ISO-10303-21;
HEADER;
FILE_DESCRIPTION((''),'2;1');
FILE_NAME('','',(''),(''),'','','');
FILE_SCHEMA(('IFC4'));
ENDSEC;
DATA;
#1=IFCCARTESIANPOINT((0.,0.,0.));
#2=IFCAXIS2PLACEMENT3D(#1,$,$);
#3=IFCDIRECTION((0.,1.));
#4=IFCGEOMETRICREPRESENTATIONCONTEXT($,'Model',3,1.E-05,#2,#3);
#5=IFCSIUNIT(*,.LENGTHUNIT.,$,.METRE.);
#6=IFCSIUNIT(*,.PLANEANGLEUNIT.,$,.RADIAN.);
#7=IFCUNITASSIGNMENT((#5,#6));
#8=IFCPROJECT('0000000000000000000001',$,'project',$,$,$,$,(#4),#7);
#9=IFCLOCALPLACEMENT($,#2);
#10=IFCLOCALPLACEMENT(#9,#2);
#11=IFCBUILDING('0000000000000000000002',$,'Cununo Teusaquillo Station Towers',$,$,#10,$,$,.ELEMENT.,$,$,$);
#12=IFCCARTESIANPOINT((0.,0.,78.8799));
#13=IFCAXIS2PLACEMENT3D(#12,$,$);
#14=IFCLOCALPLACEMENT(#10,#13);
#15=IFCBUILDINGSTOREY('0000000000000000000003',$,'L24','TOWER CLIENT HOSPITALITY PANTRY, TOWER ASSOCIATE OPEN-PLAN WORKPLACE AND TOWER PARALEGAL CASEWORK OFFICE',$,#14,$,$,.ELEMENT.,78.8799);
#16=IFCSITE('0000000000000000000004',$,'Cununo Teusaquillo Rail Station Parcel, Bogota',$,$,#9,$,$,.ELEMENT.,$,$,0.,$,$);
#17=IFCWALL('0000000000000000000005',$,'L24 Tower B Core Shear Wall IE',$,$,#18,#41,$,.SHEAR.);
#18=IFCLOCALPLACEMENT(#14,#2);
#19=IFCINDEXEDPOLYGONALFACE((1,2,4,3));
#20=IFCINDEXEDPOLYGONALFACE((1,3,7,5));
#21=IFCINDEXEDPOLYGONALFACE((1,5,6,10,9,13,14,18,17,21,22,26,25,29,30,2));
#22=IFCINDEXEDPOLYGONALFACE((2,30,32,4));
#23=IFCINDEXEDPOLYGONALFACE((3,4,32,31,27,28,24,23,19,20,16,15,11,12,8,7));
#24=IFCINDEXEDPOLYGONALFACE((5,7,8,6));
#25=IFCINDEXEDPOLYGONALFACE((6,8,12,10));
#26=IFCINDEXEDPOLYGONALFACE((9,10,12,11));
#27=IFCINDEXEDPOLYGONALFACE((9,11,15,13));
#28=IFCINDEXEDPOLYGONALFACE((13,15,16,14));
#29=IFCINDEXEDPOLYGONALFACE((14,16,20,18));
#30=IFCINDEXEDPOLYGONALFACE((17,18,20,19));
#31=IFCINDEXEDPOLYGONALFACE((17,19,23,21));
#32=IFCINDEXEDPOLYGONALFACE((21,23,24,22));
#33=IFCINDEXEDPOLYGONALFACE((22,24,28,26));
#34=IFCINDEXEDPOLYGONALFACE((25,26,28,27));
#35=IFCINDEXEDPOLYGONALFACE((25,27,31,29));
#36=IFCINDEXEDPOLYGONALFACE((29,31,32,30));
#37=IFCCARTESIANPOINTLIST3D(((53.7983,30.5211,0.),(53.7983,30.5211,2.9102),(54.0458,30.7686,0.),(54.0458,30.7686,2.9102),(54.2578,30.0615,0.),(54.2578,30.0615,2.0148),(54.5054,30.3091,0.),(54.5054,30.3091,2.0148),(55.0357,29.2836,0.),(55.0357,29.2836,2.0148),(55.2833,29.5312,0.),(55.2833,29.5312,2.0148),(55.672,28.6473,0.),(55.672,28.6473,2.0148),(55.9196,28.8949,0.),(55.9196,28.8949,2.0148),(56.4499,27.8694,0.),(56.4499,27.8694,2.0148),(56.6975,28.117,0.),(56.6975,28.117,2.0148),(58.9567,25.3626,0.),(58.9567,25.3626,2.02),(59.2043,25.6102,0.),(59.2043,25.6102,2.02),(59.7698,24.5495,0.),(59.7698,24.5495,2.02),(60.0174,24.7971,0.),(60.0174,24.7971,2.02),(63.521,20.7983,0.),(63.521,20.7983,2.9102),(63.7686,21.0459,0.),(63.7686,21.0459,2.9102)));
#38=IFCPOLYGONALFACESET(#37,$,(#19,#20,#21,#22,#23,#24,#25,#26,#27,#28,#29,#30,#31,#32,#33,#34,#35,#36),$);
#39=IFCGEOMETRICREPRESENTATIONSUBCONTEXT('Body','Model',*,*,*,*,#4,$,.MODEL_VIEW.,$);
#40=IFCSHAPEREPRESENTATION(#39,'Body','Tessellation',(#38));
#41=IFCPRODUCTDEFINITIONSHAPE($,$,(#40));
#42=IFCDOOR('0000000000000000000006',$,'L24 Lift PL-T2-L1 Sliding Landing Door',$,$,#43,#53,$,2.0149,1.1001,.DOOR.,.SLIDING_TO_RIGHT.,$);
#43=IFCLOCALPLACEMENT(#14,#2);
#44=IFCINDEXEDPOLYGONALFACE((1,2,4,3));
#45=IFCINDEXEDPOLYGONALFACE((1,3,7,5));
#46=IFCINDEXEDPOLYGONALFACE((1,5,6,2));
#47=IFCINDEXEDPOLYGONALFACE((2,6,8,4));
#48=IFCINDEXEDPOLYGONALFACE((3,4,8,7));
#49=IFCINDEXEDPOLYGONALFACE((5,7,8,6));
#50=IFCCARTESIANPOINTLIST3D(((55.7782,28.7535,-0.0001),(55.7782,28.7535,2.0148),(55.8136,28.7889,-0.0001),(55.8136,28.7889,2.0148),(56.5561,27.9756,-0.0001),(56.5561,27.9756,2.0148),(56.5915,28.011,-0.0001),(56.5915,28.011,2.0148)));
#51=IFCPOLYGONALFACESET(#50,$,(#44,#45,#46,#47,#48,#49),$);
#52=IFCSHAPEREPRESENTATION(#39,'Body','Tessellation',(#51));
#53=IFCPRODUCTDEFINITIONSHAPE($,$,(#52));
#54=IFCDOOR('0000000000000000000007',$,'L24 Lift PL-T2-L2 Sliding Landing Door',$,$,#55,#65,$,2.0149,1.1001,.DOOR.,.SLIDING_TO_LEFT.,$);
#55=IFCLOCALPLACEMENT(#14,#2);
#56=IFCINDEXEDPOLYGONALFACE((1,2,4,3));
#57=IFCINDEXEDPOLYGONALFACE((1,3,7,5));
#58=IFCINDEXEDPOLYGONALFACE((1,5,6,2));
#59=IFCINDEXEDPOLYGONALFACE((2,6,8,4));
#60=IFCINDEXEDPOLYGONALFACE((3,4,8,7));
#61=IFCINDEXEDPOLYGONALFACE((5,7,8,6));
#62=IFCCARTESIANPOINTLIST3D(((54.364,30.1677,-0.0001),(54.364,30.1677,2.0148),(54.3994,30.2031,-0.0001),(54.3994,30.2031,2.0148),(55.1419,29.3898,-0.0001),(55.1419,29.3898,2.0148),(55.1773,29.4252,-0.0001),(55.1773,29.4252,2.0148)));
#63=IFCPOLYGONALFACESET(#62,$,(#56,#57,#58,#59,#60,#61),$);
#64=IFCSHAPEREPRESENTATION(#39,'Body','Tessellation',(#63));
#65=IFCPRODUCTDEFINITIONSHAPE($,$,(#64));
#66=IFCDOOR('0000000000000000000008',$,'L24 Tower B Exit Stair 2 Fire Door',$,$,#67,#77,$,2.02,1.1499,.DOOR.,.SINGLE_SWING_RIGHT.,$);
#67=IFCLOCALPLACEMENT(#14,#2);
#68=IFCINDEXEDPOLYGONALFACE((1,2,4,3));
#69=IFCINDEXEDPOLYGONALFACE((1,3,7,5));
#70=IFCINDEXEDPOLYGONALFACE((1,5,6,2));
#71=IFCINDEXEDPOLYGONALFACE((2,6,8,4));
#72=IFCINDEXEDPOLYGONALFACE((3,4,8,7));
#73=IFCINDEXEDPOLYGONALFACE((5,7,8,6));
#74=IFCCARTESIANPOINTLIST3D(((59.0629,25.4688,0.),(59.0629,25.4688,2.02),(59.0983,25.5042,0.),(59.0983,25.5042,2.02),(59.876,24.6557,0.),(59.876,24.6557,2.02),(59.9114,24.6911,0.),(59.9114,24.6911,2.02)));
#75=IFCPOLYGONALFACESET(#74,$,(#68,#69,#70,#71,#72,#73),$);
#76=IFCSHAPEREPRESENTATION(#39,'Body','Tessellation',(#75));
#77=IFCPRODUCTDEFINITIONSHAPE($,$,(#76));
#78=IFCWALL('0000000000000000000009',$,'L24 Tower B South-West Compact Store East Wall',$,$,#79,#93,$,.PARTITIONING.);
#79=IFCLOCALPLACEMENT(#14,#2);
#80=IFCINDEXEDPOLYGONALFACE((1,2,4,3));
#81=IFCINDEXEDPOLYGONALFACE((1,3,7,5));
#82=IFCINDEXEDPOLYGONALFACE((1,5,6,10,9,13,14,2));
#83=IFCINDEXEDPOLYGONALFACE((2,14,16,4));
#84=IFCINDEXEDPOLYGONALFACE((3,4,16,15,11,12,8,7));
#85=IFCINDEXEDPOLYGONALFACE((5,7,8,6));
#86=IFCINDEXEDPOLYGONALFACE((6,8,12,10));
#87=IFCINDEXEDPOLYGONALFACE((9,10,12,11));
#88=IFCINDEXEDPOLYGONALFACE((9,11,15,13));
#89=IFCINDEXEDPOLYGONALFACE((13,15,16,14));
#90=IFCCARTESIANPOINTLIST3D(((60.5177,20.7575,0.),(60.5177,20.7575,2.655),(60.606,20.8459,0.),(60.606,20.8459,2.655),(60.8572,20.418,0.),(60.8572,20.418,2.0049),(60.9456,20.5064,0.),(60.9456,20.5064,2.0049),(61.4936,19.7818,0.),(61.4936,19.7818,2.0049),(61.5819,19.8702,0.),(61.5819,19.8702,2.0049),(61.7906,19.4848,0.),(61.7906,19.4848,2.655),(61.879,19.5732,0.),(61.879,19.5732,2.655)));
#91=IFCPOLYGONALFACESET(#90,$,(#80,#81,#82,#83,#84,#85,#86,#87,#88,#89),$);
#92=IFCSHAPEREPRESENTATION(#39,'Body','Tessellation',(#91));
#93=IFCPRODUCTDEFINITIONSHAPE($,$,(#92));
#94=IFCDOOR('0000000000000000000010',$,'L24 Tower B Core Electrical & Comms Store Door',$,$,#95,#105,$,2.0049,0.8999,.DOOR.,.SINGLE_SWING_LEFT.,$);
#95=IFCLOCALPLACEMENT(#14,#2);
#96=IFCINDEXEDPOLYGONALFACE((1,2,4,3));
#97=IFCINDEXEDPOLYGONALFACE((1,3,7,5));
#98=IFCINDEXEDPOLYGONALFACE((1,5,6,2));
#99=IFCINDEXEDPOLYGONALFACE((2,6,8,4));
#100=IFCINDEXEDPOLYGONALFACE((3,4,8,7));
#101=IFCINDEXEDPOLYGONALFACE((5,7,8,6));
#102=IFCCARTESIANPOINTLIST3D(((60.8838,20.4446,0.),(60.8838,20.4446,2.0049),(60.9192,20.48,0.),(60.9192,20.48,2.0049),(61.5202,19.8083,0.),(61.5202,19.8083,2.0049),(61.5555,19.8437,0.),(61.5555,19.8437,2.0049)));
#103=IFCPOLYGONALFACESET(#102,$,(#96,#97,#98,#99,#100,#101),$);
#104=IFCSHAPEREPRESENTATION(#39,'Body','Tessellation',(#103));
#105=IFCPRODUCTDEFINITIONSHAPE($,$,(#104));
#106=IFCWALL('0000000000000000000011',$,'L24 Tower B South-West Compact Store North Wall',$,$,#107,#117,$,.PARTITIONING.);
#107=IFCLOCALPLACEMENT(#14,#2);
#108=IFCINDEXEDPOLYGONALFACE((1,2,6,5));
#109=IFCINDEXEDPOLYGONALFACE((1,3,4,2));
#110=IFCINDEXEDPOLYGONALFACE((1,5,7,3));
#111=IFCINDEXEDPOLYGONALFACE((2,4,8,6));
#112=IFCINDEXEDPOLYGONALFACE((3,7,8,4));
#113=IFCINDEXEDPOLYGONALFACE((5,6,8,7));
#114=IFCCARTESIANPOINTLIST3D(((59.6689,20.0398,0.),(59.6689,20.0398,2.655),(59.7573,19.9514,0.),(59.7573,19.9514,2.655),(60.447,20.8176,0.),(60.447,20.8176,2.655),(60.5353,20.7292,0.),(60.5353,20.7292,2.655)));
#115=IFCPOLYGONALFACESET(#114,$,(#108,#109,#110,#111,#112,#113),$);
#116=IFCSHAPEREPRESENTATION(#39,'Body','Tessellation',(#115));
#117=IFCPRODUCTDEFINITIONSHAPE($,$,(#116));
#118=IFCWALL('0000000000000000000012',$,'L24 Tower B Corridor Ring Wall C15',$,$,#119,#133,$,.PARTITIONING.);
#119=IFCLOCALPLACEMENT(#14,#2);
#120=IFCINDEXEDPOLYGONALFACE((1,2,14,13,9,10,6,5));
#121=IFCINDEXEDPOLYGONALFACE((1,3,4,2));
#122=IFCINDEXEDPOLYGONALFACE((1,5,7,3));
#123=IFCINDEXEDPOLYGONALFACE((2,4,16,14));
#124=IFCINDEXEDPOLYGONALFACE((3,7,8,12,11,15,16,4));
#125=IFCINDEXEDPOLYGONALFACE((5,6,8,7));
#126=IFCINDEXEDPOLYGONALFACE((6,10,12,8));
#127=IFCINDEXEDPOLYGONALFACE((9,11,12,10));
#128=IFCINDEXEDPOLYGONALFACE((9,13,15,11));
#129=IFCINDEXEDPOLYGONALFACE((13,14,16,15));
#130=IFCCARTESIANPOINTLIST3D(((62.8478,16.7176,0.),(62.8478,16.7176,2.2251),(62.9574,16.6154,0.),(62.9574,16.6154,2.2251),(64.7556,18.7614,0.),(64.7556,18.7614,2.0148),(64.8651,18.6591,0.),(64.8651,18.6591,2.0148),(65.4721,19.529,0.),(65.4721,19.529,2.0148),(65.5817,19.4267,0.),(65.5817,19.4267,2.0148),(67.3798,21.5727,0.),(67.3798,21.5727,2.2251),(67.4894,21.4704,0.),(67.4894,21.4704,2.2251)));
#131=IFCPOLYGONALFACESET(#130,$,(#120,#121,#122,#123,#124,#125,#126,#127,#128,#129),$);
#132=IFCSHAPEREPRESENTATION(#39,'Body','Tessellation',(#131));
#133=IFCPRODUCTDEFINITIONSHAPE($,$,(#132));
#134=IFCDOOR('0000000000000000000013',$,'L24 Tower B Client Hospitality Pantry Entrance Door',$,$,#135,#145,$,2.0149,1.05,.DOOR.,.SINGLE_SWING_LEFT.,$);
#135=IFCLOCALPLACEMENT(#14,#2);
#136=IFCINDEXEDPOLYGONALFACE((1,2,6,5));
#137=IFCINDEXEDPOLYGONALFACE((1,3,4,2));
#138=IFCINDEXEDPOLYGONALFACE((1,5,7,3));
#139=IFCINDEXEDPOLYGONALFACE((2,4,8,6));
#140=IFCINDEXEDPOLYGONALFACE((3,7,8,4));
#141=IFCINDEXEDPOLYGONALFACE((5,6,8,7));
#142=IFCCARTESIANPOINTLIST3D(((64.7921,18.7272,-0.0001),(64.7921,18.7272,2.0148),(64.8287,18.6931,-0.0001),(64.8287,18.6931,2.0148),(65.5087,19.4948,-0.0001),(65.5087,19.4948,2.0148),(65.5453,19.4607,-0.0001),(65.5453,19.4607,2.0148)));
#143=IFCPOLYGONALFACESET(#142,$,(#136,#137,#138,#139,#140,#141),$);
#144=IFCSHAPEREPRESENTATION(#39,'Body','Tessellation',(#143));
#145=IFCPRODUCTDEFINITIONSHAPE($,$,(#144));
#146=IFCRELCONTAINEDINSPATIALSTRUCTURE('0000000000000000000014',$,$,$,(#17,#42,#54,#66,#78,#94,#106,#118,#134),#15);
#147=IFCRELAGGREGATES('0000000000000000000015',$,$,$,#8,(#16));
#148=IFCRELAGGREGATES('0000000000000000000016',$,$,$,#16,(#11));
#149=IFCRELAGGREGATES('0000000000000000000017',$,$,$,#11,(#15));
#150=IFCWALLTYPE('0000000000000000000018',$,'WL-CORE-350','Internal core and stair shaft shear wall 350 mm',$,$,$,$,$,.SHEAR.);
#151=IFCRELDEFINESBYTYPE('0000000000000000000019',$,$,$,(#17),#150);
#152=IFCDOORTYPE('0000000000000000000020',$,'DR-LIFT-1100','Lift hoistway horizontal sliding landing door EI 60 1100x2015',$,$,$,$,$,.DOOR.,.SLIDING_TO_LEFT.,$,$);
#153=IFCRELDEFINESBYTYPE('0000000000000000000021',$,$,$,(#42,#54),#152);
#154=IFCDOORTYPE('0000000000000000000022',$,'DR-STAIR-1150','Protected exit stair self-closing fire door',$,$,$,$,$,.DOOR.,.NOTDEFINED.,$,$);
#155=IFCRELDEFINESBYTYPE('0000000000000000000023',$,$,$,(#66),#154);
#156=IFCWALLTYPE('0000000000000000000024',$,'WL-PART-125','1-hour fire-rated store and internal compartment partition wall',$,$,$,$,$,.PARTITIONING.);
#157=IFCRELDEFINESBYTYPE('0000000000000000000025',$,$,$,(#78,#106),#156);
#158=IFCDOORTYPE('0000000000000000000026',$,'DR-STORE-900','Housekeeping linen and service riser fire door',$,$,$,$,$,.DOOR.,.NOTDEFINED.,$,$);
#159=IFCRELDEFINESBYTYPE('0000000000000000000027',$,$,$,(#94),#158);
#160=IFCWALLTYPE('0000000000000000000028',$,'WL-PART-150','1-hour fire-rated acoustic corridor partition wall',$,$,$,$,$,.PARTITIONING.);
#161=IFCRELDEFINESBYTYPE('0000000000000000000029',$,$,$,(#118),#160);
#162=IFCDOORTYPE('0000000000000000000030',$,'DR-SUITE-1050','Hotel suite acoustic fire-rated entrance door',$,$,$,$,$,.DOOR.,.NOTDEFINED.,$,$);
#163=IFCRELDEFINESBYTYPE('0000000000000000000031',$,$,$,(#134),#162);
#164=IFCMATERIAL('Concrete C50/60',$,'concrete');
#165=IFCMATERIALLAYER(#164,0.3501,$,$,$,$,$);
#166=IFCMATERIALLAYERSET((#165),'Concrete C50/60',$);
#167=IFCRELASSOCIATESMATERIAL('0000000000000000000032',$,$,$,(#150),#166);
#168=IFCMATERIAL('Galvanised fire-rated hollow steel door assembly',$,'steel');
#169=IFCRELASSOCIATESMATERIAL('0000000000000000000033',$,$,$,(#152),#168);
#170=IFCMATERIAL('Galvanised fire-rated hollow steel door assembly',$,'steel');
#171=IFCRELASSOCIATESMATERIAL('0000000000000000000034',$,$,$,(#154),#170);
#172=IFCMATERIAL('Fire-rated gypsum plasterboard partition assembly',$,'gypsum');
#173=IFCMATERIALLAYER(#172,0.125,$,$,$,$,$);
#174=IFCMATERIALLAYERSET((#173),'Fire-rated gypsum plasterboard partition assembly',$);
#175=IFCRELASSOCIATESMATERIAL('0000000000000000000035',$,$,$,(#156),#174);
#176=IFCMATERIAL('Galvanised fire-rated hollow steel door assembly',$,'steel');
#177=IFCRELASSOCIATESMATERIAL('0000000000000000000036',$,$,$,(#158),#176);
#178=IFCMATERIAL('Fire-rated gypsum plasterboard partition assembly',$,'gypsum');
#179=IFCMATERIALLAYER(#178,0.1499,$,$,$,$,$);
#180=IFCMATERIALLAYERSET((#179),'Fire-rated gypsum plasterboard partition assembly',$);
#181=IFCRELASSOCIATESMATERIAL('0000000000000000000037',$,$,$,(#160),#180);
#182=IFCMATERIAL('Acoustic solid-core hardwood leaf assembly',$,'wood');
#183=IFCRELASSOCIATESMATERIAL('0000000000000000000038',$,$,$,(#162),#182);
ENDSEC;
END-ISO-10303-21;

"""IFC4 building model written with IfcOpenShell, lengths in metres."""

from ifc_helpers import new_model, si_unit, direction, frame, frame_2d, origin, place, context, subcontext, project, spatial, rectangle, extrude, source, transform, mapped, material, layer, layer_set, type_object, element, fill, save


model = new_model("IFC4")

# Units and contexts
model_context = context("Model", 3, precision=1e-05, world=origin(), true_north=direction((0.0, 1.0)))
body_context = subcontext(model_context, "Body", "Model", "MODEL_VIEW")
ifc_project = project(units=[si_unit("LENGTHUNIT", "METRE"), si_unit("PLANEANGLEUNIT", "RADIAN")], contexts=[model_context])

# Site, building, storey
site_placement = place(None, origin())
site = spatial("IfcSite", under=ifc_project, at=site_placement, Name="Cununo Teusaquillo Rail Station Parcel, Bogota", CompositionType="ELEMENT", RefElevation=0.0)
building_placement = place(site_placement, origin())
building = spatial("IfcBuilding", under=site, at=building_placement, Name="Cununo Teusaquillo Station Towers", CompositionType="ELEMENT")
storey_placement = place(building_placement, frame((0.0, 0.0, 78.8799)))
storey = spatial("IfcBuildingStorey", under=building, at=storey_placement, Name="L24", Description="TOWER CLIENT HOSPITALITY PANTRY, TOWER ASSOCIATE OPEN-PLAN WORKPLACE AND TOWER PARALEGAL CASEWORK OFFICE", CompositionType="ELEMENT", Elevation=78.8799)

# Wall, openings, doors
ifc_material_1 = material(Name="Concrete C50/60", Category="concrete")
ifc_layer_1 = layer(ifc_material_1, 0.3501)
ifc_layer_set_1 = layer_set([ifc_layer_1], Name="Concrete C50/60")
wall_type_1 = type_object("IfcWallType", Name="WL-CORE-350", Description="Internal core and stair shaft shear wall 350 mm", PredefinedType="SHEAR", material=ifc_layer_set_1)
shared_shape_1 = source(origin(), body_context, "Body", "SweptSolid", [
    extrude(rectangle(XDim=1.1001, YDim=2.0149, at=frame_2d((0.55, 1.0073))), frame((0.0, 0.1851, 0.0), z_axis=(0.0, -1.0, 0.0), x_axis=(1.0, 0.0, 0.0)), (0.0, 0.0, 1.0), 0.3701),
])
shared_shape_2 = source(origin(), body_context, "Body", "SweptSolid", [
    extrude(rectangle(XDim=1.1499, YDim=2.02, at=frame_2d((0.575, 1.01))), frame((0.0, 0.1851, 0.0), z_axis=(0.0, -1.0, 0.0), x_axis=(1.0, 0.0, 0.0)), (0.0, 0.0, 1.0), 0.3701),
])
ifc_material_2 = material(Name="Galvanised fire-rated hollow steel door assembly", Category="steel")
door_type_1 = type_object("IfcDoorType", Name="DR-LIFT-1100", Description="Lift hoistway horizontal sliding landing door EI 60 1100x2015", OperationType="SLIDING_TO_LEFT", PredefinedType="DOOR", material=ifc_material_2)
shared_shape_3 = source(origin(), body_context, "Body", "SweptSolid", [
    extrude(rectangle(XDim=1.1001, YDim=2.0149, at=frame_2d((0.55, 1.0073))), frame((0.0, 0.0249, 0.0), z_axis=(0.0, -1.0, 0.0), x_axis=(1.0, 0.0, 0.0)), (0.0, 0.0, 1.0), 0.05),
])
ifc_material_3 = material(Name="Galvanised fire-rated hollow steel door assembly", Category="steel")
door_type_2 = type_object("IfcDoorType", Name="DR-STAIR-1150", Description="Protected exit stair self-closing fire door", OperationType="NOTDEFINED", PredefinedType="DOOR", material=ifc_material_3)
shared_shape_4 = source(origin(), body_context, "Body", "SweptSolid", [
    extrude(rectangle(XDim=1.1499, YDim=2.02, at=frame_2d((0.575, 1.01))), frame((0.0, 0.0249, 0.0), z_axis=(0.0, -1.0, 0.0), x_axis=(1.0, 0.0, 0.0)), (0.0, 0.0, 1.0), 0.05),
])
wall_1_placement = place(storey_placement, frame((63.6448, 20.9221, 0.0), z_axis=(0.0, 0.0, 1.0), x_axis=(-0.707107, 0.707107, 0.0)))
wall_1 = element("IfcWall", 1, at=wall_1_placement, inside=storey, type_object=wall_type_1, Name="L24 Tower B Core Shear Wall IE", PredefinedType="SHEAR", context=body_context, shape_type="SweptSolid", body=[
    extrude(rectangle(XDim=13.75, YDim=0.3501, at=frame_2d((6.875, 0.0))), origin(), (0.0, 0.0, 1.0), 2.9102),
])
opening_1_placement = place(wall_1_placement, frame((10.0, 0.0, 0.0)))
opening_1 = element("IfcOpeningElement", 2, at=opening_1_placement, cuts=wall_1, PredefinedType="OPENING", context=body_context, shape_type="MappedRepresentation", body=[
    mapped(shared_shape_1, transform((0.0, 0.0, 0.0), x_axis=(1.0, 0.0, 0.0), y_axis=(0.0, 1.0, 0.0), z_axis=(0.0, 0.0, 1.0), scale=1.0)),
])
opening_2_placement = place(wall_1_placement, frame((12.0, 0.0, 0.0)))
opening_2 = element("IfcOpeningElement", 3, at=opening_2_placement, cuts=wall_1, PredefinedType="OPENING", context=body_context, shape_type="MappedRepresentation", body=[
    mapped(shared_shape_1, transform((0.0, 0.0, 0.0), x_axis=(1.0, 0.0, 0.0), y_axis=(0.0, 1.0, 0.0), z_axis=(0.0, 0.0, 1.0), scale=1.0)),
])
opening_3_placement = place(wall_1_placement, frame((5.3049, 0.0, 0.0)))
opening_3 = element("IfcOpeningElement", 4, at=opening_3_placement, cuts=wall_1, PredefinedType="OPENING", context=body_context, shape_type="MappedRepresentation", body=[
    mapped(shared_shape_2, transform((0.0, 0.0, 0.0), x_axis=(1.0, 0.0, 0.0), y_axis=(0.0, 1.0, 0.0), z_axis=(0.0, 0.0, 1.0), scale=1.0)),
])
door_1_placement = place(opening_1_placement, origin())
door_1 = element("IfcDoor", 5, at=door_1_placement, inside=storey, type_object=door_type_1, Name="L24 Lift PL-T2-L1 Sliding Landing Door", OperationType="SLIDING_TO_RIGHT", OverallHeight=2.0149, OverallWidth=1.1001, PredefinedType="DOOR", context=body_context, shape_type="MappedRepresentation", body=[
    mapped(shared_shape_3, transform((0.0, 0.0, 0.0), x_axis=(1.0, 0.0, 0.0), y_axis=(0.0, 1.0, 0.0), z_axis=(0.0, 0.0, 1.0), scale=1.0)),
])
fill(opening_1, door_1)
door_2_placement = place(opening_2_placement, origin())
door_2 = element("IfcDoor", 6, at=door_2_placement, inside=storey, type_object=door_type_1, Name="L24 Lift PL-T2-L2 Sliding Landing Door", OperationType="SLIDING_TO_LEFT", OverallHeight=2.0149, OverallWidth=1.1001, PredefinedType="DOOR", context=body_context, shape_type="MappedRepresentation", body=[
    mapped(shared_shape_3, transform((0.0, 0.0, 0.0), x_axis=(1.0, 0.0, 0.0), y_axis=(0.0, 1.0, 0.0), z_axis=(0.0, 0.0, 1.0), scale=1.0)),
])
fill(opening_2, door_2)
door_3_placement = place(opening_3_placement, origin())
door_3 = element("IfcDoor", 7, at=door_3_placement, inside=storey, type_object=door_type_2, Name="L24 Tower B Exit Stair 2 Fire Door", OperationType="SINGLE_SWING_RIGHT", OverallHeight=2.02, OverallWidth=1.1499, PredefinedType="DOOR", context=body_context, shape_type="MappedRepresentation", body=[
    mapped(shared_shape_4, transform((0.0, 0.0, 0.0), x_axis=(1.0, 0.0, 0.0), y_axis=(0.0, 1.0, 0.0), z_axis=(0.0, 0.0, 1.0), scale=1.0)),
])
fill(opening_3, door_3)

# Wall, opening, door
ifc_material_4 = material(Name="Fire-rated gypsum plasterboard partition assembly", Category="gypsum")
ifc_layer_2 = layer(ifc_material_4, 0.125)
ifc_layer_set_2 = layer_set([ifc_layer_2], Name="Fire-rated gypsum plasterboard partition assembly")
wall_type_2 = type_object("IfcWallType", Name="WL-PART-125", Description="1-hour fire-rated store and internal compartment partition wall", PredefinedType="PARTITIONING", material=ifc_layer_set_2)
wall_2_placement = place(storey_placement, frame((61.8347, 19.5291, 0.0), z_axis=(0.0, 0.0, 1.0), x_axis=(-0.707175, 0.707039, 0.0)))
wall_2 = element("IfcWall", 8, at=wall_2_placement, inside=storey, type_object=wall_type_2, Name="L24 Tower B South-West Compact Store East Wall", PredefinedType="PARTITIONING", context=body_context, shape_type="SweptSolid", body=[
    extrude(rectangle(XDim=1.8, YDim=0.125, at=frame_2d((0.8999, 0.0))), origin(), (0.0, 0.0, 1.0), 2.655),
])
shared_shape_5 = source(origin(), body_context, "Body", "SweptSolid", [
    extrude(rectangle(XDim=0.8999, YDim=2.0049, at=frame_2d((0.45, 1.0024))), frame((0.0, 0.0725, 0.0), z_axis=(0.0, -1.0, 0.0), x_axis=(1.0, 0.0, 0.0)), (0.0, 0.0, 1.0), 0.145),
])
opening_4_placement = place(wall_2_placement, frame((0.4199, 0.0, 0.0)))
opening_4 = element("IfcOpeningElement", 9, at=opening_4_placement, cuts=wall_2, PredefinedType="OPENING", context=body_context, shape_type="MappedRepresentation", body=[
    mapped(shared_shape_5, transform((0.0, 0.0, 0.0), x_axis=(1.0, 0.0, 0.0), y_axis=(0.0, 1.0, 0.0), z_axis=(0.0, 0.0, 1.0), scale=1.0)),
])
ifc_material_5 = material(Name="Galvanised fire-rated hollow steel door assembly", Category="steel")
door_type_3 = type_object("IfcDoorType", Name="DR-STORE-900", Description="Housekeeping linen and service riser fire door", OperationType="NOTDEFINED", PredefinedType="DOOR", material=ifc_material_5)
shared_shape_6 = source(origin(), body_context, "Body", "SweptSolid", [
    extrude(rectangle(XDim=0.8999, YDim=2.0049, at=frame_2d((0.45, 1.0024))), frame((0.0, 0.0249, 0.0), z_axis=(0.0, -1.0, 0.0), x_axis=(1.0, 0.0, 0.0)), (0.0, 0.0, 1.0), 0.05),
])
door_4_placement = place(opening_4_placement, origin())
door_4 = element("IfcDoor", 10, at=door_4_placement, inside=storey, type_object=door_type_3, Name="L24 Tower B Core Electrical & Comms Store Door", OperationType="SINGLE_SWING_LEFT", OverallHeight=2.0049, OverallWidth=0.8999, PredefinedType="DOOR", context=body_context, shape_type="MappedRepresentation", body=[
    mapped(shared_shape_6, transform((0.0, 0.0, 0.0), x_axis=(1.0, 0.0, 0.0), y_axis=(0.0, 1.0, 0.0), z_axis=(0.0, 0.0, 1.0), scale=1.0)),
])
fill(opening_4, door_4)

# Wall
wall_3_placement = place(storey_placement, frame((59.7131, 19.9956, 0.0), z_axis=(0.0, 0.0, 1.0), x_axis=(0.707218, 0.706996, 0.0)))
element("IfcWall", 11, at=wall_3_placement, inside=storey, type_object=wall_type_2, Name="L24 Tower B South-West Compact Store North Wall", PredefinedType="PARTITIONING", context=body_context, shape_type="SweptSolid", body=[
    extrude(rectangle(XDim=1.1001, YDim=0.125, at=frame_2d((0.55, 0.0))), origin(), (0.0, 0.0, 1.0), 2.655),
])

# Wall, opening, door
ifc_material_6 = material(Name="Fire-rated gypsum plasterboard partition assembly", Category="gypsum")
ifc_layer_3 = layer(ifc_material_6, 0.1499)
ifc_layer_set_3 = layer_set([ifc_layer_3], Name="Fire-rated gypsum plasterboard partition assembly")
wall_type_3 = type_object("IfcWallType", Name="WL-PART-150", Description="1-hour fire-rated acoustic corridor partition wall", PredefinedType="PARTITIONING", material=ifc_layer_set_3)
wall_4_placement = place(storey_placement, frame((62.9026, 16.6665, 0.0), z_axis=(0.0, 0.0, 1.0), x_axis=(0.682372, 0.731005, 0.0)))
wall_4 = element("IfcWall", 12, at=wall_4_placement, inside=storey, type_object=wall_type_3, Name="L24 Tower B Corridor Ring Wall C15", PredefinedType="PARTITIONING", context=body_context, shape_type="SweptSolid", body=[
    extrude(rectangle(XDim=6.6416, YDim=0.1499, at=frame_2d((3.3208, 0.0))), origin(), (0.0, 0.0, 1.0), 2.2251),
])
shared_shape_7 = source(origin(), body_context, "Body", "SweptSolid", [
    extrude(rectangle(XDim=1.05, YDim=2.0149, at=frame_2d((0.5249, 1.0073))), frame((0.0, 0.085, 0.0), z_axis=(0.0, -1.0, 0.0), x_axis=(1.0, 0.0, 0.0)), (0.0, 0.0, 1.0), 0.1699),
])
opening_5_placement = place(wall_4_placement, frame((2.7959, 0.0, 0.0)))
opening_5 = element("IfcOpeningElement", 13, at=opening_5_placement, cuts=wall_4, PredefinedType="OPENING", context=body_context, shape_type="MappedRepresentation", body=[
    mapped(shared_shape_7, transform((0.0, 0.0, 0.0), x_axis=(1.0, 0.0, 0.0), y_axis=(0.0, 1.0, 0.0), z_axis=(0.0, 0.0, 1.0), scale=1.0)),
])
ifc_material_7 = material(Name="Acoustic solid-core hardwood leaf assembly", Category="wood")
door_type_4 = type_object("IfcDoorType", Name="DR-SUITE-1050", Description="Hotel suite acoustic fire-rated entrance door", OperationType="NOTDEFINED", PredefinedType="DOOR", material=ifc_material_7)
shared_shape_8 = source(origin(), body_context, "Body", "SweptSolid", [
    extrude(rectangle(XDim=1.05, YDim=2.0149, at=frame_2d((0.5249, 1.0073))), frame((0.0, 0.0249, 0.0), z_axis=(0.0, -1.0, 0.0), x_axis=(1.0, 0.0, 0.0)), (0.0, 0.0, 1.0), 0.05),
])
door_5_placement = place(opening_5_placement, origin())
door_5 = element("IfcDoor", 14, at=door_5_placement, inside=storey, type_object=door_type_4, Name="L24 Tower B Client Hospitality Pantry Entrance Door", OperationType="SINGLE_SWING_LEFT", OverallHeight=2.0149, OverallWidth=1.05, PredefinedType="DOOR", context=body_context, shape_type="MappedRepresentation", body=[
    mapped(shared_shape_8, transform((0.0, 0.0, 0.0), x_axis=(1.0, 0.0, 0.0), y_axis=(0.0, 1.0, 0.0), z_axis=(0.0, 0.0, 1.0), scale=1.0)),
])
fill(opening_5, door_5)

save(model, "model.ifc")
